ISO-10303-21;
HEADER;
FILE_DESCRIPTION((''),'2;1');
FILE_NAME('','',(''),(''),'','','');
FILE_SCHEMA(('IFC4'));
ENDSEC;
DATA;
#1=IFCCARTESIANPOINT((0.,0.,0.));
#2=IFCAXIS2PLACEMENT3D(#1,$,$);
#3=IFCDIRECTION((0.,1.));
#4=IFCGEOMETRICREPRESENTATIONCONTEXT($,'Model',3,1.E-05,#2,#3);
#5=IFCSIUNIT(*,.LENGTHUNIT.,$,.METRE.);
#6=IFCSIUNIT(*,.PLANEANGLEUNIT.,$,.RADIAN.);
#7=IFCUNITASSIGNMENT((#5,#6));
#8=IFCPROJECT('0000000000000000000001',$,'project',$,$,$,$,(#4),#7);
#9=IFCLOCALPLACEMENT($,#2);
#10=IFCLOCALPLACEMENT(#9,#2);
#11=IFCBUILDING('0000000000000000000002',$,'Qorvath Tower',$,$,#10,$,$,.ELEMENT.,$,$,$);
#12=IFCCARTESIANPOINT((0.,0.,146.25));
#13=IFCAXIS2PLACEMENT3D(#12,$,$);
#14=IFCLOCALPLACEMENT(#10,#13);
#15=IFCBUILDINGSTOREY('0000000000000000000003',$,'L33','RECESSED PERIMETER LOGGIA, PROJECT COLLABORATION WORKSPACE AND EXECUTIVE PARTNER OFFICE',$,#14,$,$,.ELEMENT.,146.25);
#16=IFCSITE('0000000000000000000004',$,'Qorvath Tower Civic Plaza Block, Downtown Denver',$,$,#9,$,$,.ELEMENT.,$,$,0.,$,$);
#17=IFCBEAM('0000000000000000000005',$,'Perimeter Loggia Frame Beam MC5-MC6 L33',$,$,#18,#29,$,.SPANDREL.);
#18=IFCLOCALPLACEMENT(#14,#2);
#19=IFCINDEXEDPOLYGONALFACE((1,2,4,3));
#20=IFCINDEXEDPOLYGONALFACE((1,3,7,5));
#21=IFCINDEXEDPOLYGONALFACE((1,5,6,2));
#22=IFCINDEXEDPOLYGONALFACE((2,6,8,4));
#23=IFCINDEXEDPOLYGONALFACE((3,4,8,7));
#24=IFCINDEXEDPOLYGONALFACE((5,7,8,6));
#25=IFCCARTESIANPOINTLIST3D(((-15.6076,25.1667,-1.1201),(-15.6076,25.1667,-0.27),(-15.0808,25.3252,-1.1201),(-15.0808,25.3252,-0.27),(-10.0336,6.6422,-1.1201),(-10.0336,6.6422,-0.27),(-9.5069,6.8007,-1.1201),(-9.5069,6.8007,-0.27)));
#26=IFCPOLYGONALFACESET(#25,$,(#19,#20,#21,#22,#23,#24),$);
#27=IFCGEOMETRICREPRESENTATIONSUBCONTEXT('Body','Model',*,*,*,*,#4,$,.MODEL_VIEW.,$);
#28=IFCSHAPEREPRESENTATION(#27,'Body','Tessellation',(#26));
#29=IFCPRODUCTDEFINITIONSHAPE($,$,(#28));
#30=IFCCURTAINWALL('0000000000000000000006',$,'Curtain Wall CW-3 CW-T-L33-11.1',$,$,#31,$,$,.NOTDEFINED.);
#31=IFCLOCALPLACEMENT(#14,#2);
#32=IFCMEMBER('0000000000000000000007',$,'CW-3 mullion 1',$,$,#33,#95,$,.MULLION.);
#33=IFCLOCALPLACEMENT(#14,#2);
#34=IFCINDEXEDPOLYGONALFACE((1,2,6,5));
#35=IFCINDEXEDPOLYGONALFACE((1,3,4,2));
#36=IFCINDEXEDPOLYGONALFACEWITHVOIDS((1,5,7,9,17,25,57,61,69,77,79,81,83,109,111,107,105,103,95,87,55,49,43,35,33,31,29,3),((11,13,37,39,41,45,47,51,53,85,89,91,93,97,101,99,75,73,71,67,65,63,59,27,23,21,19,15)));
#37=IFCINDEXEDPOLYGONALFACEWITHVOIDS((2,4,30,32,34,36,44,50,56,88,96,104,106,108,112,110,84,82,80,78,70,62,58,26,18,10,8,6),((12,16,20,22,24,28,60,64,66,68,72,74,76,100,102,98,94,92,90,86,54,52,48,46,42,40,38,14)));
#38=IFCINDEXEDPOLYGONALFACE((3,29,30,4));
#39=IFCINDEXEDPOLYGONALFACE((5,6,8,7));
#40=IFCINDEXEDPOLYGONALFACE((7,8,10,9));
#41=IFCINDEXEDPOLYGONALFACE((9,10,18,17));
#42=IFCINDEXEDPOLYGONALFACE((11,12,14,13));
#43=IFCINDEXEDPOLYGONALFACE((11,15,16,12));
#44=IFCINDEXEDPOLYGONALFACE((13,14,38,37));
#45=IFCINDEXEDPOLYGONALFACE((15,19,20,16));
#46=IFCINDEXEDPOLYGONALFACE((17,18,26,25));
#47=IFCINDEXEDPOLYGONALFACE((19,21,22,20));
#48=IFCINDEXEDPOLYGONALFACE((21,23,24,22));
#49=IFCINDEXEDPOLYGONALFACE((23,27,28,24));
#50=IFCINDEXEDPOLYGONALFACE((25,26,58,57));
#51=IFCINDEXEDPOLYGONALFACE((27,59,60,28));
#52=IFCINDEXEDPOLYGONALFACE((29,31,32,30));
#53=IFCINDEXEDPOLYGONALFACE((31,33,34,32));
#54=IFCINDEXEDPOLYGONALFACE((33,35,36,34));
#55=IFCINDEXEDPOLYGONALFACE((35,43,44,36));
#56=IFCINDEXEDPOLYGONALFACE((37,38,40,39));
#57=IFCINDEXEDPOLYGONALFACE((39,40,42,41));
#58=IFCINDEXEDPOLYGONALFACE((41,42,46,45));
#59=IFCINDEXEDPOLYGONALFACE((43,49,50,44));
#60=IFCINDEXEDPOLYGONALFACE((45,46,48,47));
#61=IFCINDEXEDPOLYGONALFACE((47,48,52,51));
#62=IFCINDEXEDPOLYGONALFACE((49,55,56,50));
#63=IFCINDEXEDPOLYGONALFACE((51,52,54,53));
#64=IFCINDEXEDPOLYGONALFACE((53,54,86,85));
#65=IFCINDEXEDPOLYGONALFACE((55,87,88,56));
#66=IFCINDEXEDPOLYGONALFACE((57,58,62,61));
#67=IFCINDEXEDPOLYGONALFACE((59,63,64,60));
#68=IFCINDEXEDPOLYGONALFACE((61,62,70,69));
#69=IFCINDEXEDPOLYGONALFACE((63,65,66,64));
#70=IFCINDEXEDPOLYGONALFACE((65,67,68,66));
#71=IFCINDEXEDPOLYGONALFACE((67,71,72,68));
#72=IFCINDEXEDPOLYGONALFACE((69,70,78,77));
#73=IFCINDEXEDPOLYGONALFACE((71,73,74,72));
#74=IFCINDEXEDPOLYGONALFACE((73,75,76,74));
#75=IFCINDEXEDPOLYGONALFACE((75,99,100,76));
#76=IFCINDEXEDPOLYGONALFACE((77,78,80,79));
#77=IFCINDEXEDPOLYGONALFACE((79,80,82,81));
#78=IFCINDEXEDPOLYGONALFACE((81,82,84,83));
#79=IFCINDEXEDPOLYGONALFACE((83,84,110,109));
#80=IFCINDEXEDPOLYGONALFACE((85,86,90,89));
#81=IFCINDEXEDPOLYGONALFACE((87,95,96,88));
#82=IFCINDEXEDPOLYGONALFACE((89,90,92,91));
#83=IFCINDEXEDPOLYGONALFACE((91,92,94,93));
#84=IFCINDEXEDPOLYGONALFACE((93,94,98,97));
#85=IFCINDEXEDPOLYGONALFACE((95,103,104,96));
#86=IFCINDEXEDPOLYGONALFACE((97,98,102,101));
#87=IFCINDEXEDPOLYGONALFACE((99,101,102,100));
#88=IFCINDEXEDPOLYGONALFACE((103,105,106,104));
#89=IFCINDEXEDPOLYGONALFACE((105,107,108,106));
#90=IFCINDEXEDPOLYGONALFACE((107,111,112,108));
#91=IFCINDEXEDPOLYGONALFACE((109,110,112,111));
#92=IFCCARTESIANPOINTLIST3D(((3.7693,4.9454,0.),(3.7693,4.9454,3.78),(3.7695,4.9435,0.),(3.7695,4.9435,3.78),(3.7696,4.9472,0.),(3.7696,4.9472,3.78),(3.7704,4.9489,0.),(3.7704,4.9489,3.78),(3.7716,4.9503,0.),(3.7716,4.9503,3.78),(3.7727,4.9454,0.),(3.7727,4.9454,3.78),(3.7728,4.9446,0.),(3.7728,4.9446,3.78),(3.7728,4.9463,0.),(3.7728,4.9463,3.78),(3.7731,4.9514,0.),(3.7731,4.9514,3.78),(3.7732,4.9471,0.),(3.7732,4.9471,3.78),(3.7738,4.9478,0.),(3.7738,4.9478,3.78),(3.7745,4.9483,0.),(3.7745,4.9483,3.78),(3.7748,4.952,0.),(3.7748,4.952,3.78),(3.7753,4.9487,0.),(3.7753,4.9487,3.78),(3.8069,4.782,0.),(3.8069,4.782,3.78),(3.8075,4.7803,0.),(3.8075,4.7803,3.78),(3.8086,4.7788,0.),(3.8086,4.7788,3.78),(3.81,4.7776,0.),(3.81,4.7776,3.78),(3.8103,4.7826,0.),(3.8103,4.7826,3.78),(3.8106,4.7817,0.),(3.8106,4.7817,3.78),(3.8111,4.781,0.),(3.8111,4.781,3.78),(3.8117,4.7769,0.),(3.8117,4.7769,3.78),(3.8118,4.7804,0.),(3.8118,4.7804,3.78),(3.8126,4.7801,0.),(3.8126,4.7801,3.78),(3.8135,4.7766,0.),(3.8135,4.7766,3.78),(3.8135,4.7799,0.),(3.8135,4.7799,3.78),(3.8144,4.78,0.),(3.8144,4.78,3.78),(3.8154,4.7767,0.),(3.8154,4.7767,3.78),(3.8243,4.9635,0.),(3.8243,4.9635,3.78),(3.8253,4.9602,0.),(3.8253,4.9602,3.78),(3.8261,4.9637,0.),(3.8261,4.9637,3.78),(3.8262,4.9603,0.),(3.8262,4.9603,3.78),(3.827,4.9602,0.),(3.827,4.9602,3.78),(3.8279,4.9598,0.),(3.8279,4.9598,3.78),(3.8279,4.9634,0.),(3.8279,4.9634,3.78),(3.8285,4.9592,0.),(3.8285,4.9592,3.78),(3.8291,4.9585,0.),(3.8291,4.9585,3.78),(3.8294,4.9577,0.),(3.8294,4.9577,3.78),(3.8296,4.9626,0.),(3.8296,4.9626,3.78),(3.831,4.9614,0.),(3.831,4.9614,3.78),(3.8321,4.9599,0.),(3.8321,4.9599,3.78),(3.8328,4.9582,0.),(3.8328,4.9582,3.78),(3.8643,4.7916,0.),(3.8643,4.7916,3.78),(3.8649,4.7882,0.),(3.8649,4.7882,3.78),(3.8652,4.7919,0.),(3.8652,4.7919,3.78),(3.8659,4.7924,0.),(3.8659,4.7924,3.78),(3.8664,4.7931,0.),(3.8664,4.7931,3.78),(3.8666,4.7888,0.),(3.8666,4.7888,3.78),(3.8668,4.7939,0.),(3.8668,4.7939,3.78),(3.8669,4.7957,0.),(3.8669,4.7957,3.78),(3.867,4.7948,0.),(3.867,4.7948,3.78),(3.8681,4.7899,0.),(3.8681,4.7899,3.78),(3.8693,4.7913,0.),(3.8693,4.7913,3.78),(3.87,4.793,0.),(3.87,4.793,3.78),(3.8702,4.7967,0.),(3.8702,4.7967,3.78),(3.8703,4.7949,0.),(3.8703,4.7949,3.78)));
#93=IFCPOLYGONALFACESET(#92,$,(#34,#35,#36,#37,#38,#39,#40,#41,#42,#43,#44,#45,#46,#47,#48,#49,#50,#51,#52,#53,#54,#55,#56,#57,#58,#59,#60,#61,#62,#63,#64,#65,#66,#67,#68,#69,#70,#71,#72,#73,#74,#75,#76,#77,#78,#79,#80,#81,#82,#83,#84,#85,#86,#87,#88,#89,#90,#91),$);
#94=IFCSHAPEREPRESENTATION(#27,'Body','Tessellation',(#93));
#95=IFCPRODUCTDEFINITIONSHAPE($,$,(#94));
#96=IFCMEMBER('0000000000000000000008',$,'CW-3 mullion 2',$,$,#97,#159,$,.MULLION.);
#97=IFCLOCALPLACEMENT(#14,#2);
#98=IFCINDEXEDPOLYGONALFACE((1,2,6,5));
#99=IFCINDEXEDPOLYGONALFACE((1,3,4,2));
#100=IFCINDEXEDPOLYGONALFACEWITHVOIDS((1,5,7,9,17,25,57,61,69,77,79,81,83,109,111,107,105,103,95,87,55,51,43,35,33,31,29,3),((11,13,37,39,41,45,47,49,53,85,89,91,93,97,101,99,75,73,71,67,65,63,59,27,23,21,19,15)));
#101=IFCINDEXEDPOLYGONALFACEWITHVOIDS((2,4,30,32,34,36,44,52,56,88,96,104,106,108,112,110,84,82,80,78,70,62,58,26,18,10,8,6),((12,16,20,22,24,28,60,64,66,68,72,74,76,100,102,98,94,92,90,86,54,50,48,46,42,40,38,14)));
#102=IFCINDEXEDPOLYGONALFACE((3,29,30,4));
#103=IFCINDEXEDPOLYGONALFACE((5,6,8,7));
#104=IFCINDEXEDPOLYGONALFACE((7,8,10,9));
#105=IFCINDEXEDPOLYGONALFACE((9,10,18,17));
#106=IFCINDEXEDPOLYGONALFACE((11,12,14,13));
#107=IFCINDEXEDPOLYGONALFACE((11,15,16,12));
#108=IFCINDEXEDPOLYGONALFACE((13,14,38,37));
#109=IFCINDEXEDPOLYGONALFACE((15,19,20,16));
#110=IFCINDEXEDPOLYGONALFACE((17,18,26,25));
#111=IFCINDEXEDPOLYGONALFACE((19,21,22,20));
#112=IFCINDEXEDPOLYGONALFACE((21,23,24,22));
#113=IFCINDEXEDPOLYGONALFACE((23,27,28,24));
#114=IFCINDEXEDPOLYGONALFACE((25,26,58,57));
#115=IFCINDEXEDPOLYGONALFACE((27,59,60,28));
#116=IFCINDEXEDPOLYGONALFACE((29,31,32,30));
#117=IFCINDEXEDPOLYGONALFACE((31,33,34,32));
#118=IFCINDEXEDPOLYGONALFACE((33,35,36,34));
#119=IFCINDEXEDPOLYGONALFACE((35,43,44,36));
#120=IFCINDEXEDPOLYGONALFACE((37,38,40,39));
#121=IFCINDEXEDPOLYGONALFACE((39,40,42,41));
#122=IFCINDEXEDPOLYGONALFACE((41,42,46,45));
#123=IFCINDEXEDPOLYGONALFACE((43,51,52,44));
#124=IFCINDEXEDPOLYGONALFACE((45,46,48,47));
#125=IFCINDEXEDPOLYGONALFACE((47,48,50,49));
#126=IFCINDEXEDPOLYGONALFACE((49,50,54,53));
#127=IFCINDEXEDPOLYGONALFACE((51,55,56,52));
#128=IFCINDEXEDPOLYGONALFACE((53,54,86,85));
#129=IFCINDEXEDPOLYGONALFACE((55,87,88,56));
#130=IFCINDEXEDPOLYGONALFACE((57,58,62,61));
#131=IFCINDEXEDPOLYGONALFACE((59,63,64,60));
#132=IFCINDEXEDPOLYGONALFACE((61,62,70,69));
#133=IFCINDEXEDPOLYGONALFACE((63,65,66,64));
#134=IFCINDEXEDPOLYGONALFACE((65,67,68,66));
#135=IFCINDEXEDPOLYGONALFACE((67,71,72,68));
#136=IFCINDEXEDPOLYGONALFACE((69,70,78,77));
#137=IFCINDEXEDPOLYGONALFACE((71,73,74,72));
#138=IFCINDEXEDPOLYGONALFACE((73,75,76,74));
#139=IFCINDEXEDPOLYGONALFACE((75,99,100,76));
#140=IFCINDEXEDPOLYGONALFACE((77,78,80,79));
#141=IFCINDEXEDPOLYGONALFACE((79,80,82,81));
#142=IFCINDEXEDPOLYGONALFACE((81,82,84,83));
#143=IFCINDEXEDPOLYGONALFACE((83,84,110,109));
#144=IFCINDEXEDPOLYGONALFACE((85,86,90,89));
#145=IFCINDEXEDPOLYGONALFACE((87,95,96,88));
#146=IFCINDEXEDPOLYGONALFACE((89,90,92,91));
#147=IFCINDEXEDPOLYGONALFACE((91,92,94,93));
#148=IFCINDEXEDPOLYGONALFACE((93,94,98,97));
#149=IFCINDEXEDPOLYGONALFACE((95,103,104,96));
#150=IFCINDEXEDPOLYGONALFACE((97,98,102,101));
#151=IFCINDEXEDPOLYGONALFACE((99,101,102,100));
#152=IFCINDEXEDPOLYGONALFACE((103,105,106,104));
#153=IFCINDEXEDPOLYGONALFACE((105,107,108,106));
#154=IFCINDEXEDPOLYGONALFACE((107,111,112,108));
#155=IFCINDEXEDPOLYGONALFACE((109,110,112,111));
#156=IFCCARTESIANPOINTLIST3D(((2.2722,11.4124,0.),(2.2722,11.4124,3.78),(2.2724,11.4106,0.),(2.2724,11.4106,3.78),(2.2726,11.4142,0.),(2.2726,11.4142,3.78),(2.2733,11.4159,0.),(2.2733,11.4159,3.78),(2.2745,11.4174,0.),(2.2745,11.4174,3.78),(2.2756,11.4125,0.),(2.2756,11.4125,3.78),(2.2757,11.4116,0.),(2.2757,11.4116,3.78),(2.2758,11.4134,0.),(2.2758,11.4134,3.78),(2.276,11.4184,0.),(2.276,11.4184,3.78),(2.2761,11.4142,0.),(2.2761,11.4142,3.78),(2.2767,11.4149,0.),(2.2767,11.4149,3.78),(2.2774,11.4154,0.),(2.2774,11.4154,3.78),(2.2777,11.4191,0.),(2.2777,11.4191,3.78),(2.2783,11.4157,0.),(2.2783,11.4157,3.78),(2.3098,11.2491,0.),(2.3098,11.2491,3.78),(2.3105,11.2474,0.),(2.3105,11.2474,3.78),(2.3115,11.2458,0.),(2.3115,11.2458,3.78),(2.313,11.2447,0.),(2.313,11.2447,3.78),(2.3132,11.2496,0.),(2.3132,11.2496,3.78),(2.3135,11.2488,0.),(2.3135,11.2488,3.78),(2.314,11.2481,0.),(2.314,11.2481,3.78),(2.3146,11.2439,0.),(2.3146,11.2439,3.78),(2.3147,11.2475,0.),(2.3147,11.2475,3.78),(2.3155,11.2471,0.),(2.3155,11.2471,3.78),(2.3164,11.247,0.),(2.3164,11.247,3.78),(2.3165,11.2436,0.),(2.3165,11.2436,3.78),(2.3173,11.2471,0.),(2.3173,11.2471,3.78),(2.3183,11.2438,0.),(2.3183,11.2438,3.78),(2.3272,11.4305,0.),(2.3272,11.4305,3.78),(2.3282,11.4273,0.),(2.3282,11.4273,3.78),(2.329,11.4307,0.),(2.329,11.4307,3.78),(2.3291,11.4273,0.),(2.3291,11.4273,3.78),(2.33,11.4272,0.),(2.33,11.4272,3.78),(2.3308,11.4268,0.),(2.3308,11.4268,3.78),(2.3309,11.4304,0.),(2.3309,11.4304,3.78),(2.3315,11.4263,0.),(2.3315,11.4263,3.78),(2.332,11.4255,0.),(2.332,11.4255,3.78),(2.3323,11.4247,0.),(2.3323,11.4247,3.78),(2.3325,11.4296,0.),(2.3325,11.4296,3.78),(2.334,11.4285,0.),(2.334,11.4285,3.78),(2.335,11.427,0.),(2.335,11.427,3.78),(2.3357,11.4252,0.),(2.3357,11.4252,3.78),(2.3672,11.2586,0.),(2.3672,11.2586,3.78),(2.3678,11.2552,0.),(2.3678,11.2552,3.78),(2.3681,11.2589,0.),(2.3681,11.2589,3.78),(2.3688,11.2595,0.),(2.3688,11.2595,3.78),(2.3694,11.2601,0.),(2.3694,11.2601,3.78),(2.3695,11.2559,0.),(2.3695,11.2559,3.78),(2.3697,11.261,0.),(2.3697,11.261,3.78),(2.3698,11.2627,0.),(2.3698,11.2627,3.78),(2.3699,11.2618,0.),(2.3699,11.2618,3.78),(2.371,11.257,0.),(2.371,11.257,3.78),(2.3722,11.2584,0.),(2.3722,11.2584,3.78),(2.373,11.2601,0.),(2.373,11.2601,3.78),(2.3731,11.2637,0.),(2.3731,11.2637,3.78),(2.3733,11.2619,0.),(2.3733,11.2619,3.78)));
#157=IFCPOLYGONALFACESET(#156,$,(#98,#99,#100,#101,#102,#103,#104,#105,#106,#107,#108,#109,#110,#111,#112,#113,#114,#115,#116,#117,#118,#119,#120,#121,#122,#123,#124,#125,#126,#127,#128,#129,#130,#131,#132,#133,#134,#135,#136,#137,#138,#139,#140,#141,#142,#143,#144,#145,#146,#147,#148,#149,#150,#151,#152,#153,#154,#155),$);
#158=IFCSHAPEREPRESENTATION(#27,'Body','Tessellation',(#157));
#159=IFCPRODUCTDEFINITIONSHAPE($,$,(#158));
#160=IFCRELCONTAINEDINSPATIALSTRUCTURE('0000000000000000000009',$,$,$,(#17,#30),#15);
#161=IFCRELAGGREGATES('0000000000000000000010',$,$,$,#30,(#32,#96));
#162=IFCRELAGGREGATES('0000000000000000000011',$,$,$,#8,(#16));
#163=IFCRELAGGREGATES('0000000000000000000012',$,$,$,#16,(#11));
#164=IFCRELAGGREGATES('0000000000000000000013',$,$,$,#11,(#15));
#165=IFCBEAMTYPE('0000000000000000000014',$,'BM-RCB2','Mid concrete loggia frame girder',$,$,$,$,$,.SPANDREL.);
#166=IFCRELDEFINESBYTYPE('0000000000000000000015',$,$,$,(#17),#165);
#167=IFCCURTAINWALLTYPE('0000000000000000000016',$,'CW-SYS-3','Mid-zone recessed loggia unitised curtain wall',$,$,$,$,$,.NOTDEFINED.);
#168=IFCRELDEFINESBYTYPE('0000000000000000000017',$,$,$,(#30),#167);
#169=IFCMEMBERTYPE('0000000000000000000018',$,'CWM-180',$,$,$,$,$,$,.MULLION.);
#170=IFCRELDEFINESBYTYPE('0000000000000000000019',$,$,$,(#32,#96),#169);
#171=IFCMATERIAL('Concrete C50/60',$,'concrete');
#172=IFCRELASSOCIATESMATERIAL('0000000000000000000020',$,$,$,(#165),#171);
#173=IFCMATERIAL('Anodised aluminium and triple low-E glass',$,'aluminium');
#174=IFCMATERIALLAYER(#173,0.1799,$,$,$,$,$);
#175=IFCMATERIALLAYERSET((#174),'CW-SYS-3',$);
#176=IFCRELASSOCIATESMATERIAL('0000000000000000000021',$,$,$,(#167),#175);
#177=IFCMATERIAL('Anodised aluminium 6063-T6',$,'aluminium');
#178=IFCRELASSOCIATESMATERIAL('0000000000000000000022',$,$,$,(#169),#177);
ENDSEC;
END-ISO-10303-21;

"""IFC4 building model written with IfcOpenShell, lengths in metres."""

from ifc_helpers import new_model, si_unit, direction, frame, origin, origin_2d, place, context, subcontext, project, spatial, rectangle, hollow_rectangle, extrude, material, layer, layer_set, material_profile, profile_set, type_object, element, aggregate, save


model = new_model("IFC4")

# Units and contexts
model_context = context("Model", 3, precision=1e-05, world=origin(), true_north=direction((0.0, 1.0)))
body_context = subcontext(model_context, "Body", "Model", "MODEL_VIEW")
ifc_project = project(units=[si_unit("LENGTHUNIT", "METRE"), si_unit("PLANEANGLEUNIT", "RADIAN")], contexts=[model_context])

# Site, building, storey
site_placement = place(None, origin())
site = spatial("IfcSite", under=ifc_project, at=site_placement, Name="Qorvath Tower Civic Plaza Block, Downtown Denver", CompositionType="ELEMENT", RefElevation=0.0)
building_placement = place(site_placement, origin())
building = spatial("IfcBuilding", under=site, at=building_placement, Name="Qorvath Tower", CompositionType="ELEMENT")
storey_placement = place(building_placement, frame((0.0, 0.0, 146.25)))
storey = spatial("IfcBuildingStorey", under=building, at=storey_placement, Name="L33", Description="RECESSED PERIMETER LOGGIA, PROJECT COLLABORATION WORKSPACE AND EXECUTIVE PARTNER OFFICE", CompositionType="ELEMENT", Elevation=146.25)

# Beam
ifc_material_1 = material(Name="Concrete C50/60", Category="concrete")
ifc_material_profile_1 = material_profile(ifc_material_1, rectangle(XDim=0.55, YDim=0.8501, at=origin_2d()), Name="RCB 850x550")
ifc_profile_set_1 = profile_set([ifc_material_profile_1], Name="Concrete C50/60")
beam_type_1 = type_object("IfcBeamType", Name="BM-RCB2", Description="Mid concrete loggia frame girder", PredefinedType="SPANDREL", material=ifc_profile_set_1)
beam_1_placement = place(storey_placement, frame((-9.7703, 6.7214, -0.6951), z_axis=(-0.288134, 0.95759, 0.0), x_axis=(-0.95759, -0.288134, 0.0)))
element("IfcBeam", 1, at=beam_1_placement, inside=storey, type_object=beam_type_1, Name="Perimeter Loggia Frame Beam MC5-MC6 L33", PredefinedType="SPANDREL", context=body_context, shape_type="SweptSolid", body=[
    extrude(rectangle(XDim=0.55, YDim=0.8501, at=origin_2d()), origin(), (0.0, 0.0, 1.0), 19.345),
])

# Curtain wall, members
ifc_material_2 = material(Name="Anodised aluminium and triple low-E glass", Category="aluminium")
ifc_layer_1 = layer(ifc_material_2, 0.1799)
ifc_layer_set_1 = layer_set([ifc_layer_1], Name="CW-SYS-3")
curtain_wall_type = type_object("IfcCurtainWallType", Name="CW-SYS-3", Description="Mid-zone recessed loggia unitised curtain wall", PredefinedType="NOTDEFINED", material=ifc_layer_set_1)
curtain_wall_1_placement = place(storey_placement, origin())
curtain_wall_1 = element("IfcCurtainWall", 2, at=curtain_wall_1_placement, inside=storey, type_object=curtain_wall_type, Name="Curtain Wall CW-3 CW-T-L33-11.1", PredefinedType="NOTDEFINED")
ifc_material_3 = material(Name="Anodised aluminium 6063-T6", Category="aluminium")
ifc_material_profile_2 = material_profile(ifc_material_3, hollow_rectangle(XDim=0.0649, YDim=0.1799, WallThickness=0.0034, InnerFilletRadius=0.0034, OuterFilletRadius=0.0071, at=origin_2d()), Name="CWM 180x65")
ifc_profile_set_2 = profile_set([ifc_material_profile_2], Name="Anodised aluminium 6063-T6")
member_type_1 = type_object("IfcMemberType", Name="CWM-180", PredefinedType="MULLION", material=ifc_profile_set_2)
member_1_placement = place(storey_placement, frame((3.8198, 4.8701, 0.0), z_axis=(0.0, 0.0, 1.0), x_axis=(-0.974237, -0.225526, 0.0)))
member_1 = element("IfcMember", 3, at=member_1_placement, type_object=member_type_1, Name="CW-3 mullion 1", PredefinedType="MULLION", context=body_context, shape_type="SweptSolid", body=[
    extrude(hollow_rectangle(XDim=0.0649, YDim=0.1799, WallThickness=0.0034, InnerFilletRadius=0.0034, OuterFilletRadius=0.0071, at=origin_2d()), origin(), (0.0, 0.0, 1.0), 3.78),
])
member_2_placement = place(storey_placement, frame((2.3228, 11.3372, 0.0), z_axis=(0.0, 0.0, 1.0), x_axis=(-0.974237, -0.225526, 0.0)))
member_2 = element("IfcMember", 4, at=member_2_placement, type_object=member_type_1, Name="CW-3 mullion 2", PredefinedType="MULLION", context=body_context, shape_type="SweptSolid", body=[
    extrude(hollow_rectangle(XDim=0.0649, YDim=0.1799, WallThickness=0.0034, InnerFilletRadius=0.0034, OuterFilletRadius=0.0071, at=origin_2d()), origin(), (0.0, 0.0, 1.0), 3.78),
])

aggregate(curtain_wall_1, [member_1, member_2])

save(model, "model.ifc")
